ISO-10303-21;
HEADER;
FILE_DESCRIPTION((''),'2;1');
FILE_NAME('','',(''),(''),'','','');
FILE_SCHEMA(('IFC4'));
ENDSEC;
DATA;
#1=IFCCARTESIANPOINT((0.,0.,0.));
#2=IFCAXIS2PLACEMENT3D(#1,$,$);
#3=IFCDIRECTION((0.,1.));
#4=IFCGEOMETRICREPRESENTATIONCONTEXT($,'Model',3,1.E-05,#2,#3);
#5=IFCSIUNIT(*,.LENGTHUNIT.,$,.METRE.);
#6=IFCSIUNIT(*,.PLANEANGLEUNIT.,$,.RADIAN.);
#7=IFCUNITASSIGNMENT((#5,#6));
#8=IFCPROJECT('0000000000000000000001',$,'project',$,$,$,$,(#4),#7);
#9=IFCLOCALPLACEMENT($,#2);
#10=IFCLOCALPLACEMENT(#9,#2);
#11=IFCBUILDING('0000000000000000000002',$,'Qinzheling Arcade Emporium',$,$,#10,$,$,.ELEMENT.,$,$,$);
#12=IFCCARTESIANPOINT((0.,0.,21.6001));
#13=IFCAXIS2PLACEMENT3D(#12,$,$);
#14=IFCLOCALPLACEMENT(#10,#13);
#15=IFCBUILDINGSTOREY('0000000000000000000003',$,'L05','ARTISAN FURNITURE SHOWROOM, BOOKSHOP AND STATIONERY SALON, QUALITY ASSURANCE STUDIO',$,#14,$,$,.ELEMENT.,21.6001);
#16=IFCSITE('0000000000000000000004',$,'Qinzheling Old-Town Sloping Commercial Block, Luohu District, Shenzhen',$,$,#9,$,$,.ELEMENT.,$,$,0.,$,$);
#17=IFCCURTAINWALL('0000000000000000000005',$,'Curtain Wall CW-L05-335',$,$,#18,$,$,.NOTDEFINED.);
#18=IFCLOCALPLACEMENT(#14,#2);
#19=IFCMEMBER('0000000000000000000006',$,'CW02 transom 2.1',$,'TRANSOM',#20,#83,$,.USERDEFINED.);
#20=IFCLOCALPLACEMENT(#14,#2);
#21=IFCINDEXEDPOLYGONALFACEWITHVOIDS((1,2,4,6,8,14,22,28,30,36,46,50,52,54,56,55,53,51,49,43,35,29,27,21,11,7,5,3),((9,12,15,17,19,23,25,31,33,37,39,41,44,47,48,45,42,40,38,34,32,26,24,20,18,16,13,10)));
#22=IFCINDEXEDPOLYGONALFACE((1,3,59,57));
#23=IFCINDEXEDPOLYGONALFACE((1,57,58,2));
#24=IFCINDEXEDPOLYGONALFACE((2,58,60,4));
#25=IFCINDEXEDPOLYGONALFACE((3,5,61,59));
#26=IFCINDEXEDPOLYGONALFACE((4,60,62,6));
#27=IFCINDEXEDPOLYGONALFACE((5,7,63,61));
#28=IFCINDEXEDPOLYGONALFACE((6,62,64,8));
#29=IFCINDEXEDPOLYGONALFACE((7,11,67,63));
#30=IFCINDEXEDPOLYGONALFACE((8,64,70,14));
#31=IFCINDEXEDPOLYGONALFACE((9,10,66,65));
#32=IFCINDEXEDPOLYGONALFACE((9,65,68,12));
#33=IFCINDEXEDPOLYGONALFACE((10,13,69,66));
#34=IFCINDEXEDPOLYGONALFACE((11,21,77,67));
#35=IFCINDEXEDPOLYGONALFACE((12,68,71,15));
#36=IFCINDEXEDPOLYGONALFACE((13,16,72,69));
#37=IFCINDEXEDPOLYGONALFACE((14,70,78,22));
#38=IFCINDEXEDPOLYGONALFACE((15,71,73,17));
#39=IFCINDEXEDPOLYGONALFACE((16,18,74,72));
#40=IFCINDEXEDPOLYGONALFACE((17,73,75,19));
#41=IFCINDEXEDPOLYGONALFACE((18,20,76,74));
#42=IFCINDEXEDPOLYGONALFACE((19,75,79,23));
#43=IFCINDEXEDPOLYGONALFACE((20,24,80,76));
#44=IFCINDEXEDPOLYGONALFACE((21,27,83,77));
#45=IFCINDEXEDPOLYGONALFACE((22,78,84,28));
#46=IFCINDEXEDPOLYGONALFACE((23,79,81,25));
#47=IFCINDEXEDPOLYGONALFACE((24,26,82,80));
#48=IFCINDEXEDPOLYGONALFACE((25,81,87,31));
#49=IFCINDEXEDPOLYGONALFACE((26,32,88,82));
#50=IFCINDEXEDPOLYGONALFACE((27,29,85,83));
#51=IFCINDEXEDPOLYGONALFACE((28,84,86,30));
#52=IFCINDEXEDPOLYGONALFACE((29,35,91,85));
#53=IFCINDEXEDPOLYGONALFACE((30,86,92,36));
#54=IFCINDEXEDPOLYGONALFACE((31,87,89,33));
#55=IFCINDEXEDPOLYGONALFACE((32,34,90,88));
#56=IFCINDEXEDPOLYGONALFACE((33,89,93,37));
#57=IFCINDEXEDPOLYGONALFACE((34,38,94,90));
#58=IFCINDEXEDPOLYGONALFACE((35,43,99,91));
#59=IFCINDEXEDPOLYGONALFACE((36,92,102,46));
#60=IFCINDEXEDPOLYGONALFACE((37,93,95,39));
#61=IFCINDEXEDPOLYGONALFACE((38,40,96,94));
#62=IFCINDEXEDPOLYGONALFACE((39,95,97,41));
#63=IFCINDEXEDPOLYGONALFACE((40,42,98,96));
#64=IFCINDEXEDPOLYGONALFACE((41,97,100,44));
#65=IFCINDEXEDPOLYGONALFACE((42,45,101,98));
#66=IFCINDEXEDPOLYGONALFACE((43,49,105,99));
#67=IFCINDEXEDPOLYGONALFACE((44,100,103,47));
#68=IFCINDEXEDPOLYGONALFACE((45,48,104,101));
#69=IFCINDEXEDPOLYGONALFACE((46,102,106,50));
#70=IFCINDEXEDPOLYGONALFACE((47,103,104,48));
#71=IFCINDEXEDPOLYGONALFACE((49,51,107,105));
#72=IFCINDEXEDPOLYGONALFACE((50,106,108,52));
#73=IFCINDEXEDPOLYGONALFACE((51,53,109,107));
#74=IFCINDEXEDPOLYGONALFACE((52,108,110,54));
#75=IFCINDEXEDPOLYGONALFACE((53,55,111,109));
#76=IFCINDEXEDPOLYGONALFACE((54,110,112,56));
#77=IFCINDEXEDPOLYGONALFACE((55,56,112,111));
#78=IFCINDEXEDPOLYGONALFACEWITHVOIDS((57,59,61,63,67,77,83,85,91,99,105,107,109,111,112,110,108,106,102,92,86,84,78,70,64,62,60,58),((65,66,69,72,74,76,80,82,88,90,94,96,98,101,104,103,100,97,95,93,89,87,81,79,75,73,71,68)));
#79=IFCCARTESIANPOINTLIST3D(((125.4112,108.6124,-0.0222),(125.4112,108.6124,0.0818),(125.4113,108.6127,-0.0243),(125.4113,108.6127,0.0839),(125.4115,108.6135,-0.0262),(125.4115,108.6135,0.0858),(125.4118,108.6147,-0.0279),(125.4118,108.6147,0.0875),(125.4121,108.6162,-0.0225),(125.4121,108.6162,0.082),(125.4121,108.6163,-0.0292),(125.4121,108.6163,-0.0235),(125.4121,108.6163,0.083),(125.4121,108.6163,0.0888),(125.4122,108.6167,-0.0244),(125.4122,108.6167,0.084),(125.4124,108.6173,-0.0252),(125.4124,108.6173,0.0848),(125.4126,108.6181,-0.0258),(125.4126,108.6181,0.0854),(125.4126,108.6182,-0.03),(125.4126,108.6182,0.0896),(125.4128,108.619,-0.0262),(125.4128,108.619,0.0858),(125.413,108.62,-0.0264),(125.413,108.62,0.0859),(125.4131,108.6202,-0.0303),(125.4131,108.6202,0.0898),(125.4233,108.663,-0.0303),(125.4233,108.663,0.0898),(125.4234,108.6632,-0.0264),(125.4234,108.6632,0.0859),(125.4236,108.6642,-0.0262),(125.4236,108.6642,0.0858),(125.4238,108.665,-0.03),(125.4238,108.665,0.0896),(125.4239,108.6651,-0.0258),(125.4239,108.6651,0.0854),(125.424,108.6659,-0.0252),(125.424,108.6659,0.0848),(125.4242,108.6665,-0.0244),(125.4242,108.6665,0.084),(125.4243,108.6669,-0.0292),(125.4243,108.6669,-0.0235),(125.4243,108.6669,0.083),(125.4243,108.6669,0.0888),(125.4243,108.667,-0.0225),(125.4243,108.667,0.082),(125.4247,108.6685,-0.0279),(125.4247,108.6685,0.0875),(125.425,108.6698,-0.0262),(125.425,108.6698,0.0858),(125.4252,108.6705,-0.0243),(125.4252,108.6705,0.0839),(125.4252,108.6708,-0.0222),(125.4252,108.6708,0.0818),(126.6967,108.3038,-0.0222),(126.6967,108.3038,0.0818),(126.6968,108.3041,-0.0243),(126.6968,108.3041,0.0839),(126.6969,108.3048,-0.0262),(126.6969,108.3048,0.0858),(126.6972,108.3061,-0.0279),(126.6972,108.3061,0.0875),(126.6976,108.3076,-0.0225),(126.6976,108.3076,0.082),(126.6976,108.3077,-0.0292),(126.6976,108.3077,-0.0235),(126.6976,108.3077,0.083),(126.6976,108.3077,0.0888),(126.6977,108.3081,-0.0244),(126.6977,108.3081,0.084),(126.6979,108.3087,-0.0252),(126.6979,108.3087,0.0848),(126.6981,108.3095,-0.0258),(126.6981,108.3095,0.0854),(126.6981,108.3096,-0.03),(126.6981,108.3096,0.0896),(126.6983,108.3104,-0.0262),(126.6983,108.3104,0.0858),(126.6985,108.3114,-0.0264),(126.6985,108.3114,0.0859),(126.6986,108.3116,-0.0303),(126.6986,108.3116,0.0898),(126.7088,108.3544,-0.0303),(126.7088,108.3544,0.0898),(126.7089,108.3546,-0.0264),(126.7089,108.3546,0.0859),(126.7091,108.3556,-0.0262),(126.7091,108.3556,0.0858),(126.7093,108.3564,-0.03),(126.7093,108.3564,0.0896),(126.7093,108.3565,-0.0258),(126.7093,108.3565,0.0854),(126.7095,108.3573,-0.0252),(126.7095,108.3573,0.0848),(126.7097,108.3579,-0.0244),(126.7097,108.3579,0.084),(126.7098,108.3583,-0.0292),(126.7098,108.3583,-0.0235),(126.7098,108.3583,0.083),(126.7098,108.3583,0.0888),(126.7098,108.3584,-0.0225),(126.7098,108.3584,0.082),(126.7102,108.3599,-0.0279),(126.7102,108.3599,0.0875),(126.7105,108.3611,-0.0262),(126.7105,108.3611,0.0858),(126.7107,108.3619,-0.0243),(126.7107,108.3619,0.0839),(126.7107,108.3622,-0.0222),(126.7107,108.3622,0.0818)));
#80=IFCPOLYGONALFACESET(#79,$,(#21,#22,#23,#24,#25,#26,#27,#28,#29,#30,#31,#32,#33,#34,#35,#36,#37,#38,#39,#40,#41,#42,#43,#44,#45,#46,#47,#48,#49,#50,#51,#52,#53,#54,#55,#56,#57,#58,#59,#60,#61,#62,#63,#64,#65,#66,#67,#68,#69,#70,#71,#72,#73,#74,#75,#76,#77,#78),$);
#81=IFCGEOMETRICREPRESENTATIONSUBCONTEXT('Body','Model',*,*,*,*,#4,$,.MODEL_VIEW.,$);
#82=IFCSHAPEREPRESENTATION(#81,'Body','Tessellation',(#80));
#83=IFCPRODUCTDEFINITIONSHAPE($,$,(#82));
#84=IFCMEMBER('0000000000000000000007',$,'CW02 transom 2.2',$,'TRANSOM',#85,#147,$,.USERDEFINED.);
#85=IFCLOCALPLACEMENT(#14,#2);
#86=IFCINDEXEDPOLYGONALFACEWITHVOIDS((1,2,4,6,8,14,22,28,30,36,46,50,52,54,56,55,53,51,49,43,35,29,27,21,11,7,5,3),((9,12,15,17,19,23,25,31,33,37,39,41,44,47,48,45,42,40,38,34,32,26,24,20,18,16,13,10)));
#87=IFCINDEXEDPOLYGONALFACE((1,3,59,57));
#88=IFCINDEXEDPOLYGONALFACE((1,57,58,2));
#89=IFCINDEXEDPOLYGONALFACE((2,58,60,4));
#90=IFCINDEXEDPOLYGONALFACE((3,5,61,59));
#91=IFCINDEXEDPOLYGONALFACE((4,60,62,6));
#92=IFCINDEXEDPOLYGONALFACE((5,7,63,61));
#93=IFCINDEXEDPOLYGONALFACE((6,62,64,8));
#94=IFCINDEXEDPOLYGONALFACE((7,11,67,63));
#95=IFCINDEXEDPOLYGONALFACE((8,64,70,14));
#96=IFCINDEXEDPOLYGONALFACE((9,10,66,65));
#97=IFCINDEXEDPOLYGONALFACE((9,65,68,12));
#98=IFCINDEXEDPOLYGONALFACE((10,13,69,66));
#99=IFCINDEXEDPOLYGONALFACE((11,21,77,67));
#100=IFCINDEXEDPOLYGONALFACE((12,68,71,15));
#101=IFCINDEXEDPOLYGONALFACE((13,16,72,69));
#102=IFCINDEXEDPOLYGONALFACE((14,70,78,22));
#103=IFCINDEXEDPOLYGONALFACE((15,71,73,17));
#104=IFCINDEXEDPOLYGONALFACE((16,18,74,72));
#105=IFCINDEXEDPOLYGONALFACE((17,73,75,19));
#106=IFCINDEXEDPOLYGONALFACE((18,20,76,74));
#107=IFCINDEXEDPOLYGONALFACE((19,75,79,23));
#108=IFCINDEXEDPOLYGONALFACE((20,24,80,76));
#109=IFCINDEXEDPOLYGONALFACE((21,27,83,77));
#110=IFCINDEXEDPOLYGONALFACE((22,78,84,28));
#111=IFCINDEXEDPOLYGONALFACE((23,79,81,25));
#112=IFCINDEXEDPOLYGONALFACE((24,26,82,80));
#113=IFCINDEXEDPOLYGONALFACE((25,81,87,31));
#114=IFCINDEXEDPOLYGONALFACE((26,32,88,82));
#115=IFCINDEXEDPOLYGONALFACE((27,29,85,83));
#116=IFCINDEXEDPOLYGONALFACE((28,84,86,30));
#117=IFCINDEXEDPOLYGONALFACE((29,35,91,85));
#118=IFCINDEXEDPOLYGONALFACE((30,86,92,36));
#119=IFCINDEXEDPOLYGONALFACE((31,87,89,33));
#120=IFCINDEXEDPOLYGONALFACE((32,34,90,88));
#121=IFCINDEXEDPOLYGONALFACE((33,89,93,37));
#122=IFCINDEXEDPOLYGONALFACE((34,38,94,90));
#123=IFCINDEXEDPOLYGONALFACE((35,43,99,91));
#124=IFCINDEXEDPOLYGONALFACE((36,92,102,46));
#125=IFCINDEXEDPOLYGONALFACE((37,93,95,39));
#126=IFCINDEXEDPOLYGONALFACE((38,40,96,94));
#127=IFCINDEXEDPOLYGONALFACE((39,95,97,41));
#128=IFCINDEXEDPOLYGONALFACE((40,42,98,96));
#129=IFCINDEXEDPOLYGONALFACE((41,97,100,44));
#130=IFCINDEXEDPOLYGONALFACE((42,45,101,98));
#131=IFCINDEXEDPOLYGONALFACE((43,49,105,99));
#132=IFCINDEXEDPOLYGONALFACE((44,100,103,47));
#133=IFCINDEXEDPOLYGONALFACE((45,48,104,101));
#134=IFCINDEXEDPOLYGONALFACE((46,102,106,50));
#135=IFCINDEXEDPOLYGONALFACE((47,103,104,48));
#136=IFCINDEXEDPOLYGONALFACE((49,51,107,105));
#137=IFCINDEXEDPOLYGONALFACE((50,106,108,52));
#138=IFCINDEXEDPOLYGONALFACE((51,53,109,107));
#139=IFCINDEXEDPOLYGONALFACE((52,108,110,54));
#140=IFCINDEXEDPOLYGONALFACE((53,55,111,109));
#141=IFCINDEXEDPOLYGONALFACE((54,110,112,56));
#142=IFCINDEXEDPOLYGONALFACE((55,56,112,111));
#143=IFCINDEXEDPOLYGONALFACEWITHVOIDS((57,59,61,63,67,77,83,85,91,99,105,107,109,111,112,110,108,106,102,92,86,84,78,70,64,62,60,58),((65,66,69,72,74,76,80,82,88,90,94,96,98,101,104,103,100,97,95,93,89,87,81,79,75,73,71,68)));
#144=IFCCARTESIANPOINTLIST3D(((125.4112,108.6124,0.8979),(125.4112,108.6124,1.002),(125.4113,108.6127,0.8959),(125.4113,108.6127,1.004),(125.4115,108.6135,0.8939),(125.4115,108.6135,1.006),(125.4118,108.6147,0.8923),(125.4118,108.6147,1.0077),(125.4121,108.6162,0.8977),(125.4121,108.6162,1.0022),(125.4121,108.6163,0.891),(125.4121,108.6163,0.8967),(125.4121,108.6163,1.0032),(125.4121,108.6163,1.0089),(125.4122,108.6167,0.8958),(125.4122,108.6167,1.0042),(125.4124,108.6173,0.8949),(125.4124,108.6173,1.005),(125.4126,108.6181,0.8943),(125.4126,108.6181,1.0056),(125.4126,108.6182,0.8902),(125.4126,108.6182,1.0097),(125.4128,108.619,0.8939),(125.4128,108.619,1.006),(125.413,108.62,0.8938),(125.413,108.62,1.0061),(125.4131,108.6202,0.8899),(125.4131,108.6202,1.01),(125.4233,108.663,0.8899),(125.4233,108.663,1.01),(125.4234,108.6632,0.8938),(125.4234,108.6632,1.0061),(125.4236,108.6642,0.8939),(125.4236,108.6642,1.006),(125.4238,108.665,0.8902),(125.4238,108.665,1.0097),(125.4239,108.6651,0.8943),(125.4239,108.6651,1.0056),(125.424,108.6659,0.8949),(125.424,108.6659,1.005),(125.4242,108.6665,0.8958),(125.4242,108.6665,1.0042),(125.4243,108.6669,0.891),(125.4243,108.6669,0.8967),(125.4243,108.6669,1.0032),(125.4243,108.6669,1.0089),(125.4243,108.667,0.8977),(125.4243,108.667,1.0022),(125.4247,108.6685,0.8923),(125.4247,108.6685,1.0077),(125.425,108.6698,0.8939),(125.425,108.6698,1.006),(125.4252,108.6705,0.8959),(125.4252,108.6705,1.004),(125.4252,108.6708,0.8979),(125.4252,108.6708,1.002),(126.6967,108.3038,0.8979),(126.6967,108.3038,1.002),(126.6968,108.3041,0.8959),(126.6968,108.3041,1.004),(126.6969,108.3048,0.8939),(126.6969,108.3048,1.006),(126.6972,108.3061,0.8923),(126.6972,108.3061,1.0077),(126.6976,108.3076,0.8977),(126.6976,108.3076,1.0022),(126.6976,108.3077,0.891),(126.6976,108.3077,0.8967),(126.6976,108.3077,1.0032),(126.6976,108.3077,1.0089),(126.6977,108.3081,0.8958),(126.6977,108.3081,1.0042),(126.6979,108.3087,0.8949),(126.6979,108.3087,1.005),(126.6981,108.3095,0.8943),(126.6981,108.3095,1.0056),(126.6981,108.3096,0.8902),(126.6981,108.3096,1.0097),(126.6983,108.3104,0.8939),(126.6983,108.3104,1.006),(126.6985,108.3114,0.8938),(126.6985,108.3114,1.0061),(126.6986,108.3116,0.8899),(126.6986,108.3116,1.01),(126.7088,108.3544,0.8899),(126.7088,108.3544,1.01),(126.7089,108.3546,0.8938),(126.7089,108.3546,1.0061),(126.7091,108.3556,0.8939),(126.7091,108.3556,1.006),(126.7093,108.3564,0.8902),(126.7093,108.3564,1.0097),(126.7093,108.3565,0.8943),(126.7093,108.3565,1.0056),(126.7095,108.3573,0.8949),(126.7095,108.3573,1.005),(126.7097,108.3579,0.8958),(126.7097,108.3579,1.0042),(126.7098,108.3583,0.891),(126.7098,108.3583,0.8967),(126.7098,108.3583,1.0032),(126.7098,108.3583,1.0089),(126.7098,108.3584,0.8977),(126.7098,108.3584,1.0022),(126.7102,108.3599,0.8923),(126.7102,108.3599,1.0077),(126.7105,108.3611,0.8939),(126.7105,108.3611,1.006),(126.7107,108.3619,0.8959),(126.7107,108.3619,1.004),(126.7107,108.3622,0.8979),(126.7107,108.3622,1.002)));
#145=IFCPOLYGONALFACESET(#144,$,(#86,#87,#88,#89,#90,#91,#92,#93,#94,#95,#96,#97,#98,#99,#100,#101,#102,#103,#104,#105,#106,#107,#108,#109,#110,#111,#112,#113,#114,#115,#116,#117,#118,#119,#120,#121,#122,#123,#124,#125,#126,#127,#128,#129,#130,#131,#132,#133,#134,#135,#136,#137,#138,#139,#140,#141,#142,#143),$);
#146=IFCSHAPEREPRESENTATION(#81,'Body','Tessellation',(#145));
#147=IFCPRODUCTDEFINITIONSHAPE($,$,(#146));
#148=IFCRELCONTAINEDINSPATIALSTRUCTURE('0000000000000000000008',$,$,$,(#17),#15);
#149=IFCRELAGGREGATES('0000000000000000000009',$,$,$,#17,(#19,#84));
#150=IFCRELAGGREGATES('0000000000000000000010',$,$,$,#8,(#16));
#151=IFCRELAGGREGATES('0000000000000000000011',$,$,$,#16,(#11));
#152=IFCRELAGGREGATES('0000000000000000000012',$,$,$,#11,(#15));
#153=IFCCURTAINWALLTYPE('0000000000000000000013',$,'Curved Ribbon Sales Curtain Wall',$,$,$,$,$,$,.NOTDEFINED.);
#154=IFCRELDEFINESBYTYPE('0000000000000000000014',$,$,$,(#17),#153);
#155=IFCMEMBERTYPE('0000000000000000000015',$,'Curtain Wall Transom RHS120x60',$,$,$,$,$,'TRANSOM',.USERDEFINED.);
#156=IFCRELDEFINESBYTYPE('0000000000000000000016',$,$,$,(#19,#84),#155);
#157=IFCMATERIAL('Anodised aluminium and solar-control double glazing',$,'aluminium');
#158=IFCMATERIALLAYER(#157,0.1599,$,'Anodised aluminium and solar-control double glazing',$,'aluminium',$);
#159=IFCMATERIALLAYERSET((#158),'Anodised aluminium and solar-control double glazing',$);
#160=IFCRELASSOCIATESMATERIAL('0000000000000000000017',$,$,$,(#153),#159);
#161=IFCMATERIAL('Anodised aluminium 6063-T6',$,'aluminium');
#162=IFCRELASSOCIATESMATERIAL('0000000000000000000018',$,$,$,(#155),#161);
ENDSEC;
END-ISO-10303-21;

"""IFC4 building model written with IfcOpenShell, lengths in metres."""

from ifc_helpers import new_model, si_unit, direction, frame, origin, origin_2d, place, context, subcontext, project, spatial, hollow_rectangle, extrude, material, layer, layer_set, material_profile, profile_set, type_object, element, aggregate, save


model = new_model("IFC4")

# Units and contexts
model_context = context("Model", 3, precision=1e-05, world=origin(), true_north=direction((0.0, 1.0)))
body_context = subcontext(model_context, "Body", "Model", "MODEL_VIEW")
ifc_project = project(units=[si_unit("LENGTHUNIT", "METRE"), si_unit("PLANEANGLEUNIT", "RADIAN")], contexts=[model_context])

# Site, building, storey
site_placement = place(None, origin())
site = spatial("IfcSite", under=ifc_project, at=site_placement, Name="Qinzheling Old-Town Sloping Commercial Block, Luohu District, Shenzhen", CompositionType="ELEMENT", RefElevation=0.0)
building_placement = place(site_placement, origin())
building = spatial("IfcBuilding", under=site, at=building_placement, Name="Qinzheling Arcade Emporium", CompositionType="ELEMENT")
storey_placement = place(building_placement, frame((0.0, 0.0, 21.6001)))
storey = spatial("IfcBuildingStorey", under=building, at=storey_placement, Name="L05", Description="ARTISAN FURNITURE SHOWROOM, BOOKSHOP AND STATIONERY SALON, QUALITY ASSURANCE STUDIO", CompositionType="ELEMENT", Elevation=21.6001)

# Curtain wall, members
ifc_material_1 = material(Name="Anodised aluminium and solar-control double glazing", Category="aluminium")
ifc_layer_1 = layer(ifc_material_1, 0.1599, Name="Anodised aluminium and solar-control double glazing", Category="aluminium")
ifc_layer_set_1 = layer_set([ifc_layer_1], Name="Anodised aluminium and solar-control double glazing")
curtain_wall_type = type_object("IfcCurtainWallType", Name="Curved Ribbon Sales Curtain Wall", PredefinedType="NOTDEFINED", material=ifc_layer_set_1)
curtain_wall_placement = place(storey_placement, origin())
curtain_wall = element("IfcCurtainWall", 1, at=curtain_wall_placement, inside=storey, type_object=curtain_wall_type, Name="Curtain Wall CW-L05-335", PredefinedType="NOTDEFINED")
ifc_material_2 = material(Name="Anodised aluminium 6063-T6", Category="aluminium")
ifc_material_profile_1 = material_profile(ifc_material_2, hollow_rectangle(XDim=0.0601, YDim=0.1201, WallThickness=0.0039, InnerFilletRadius=0.0039, OuterFilletRadius=0.0081, at=origin_2d()), Name="RHS 120x60x4", Category="aluminium")
ifc_profile_set_1 = profile_set([ifc_material_profile_1], Name="Anodised aluminium 6063-T6")
member_type_1 = type_object("IfcMemberType", Name="Curtain Wall Transom RHS120x60", ElementType="TRANSOM", PredefinedType="USERDEFINED", material=ifc_profile_set_1)
member_1_placement = place(storey_placement, frame((125.4182, 108.6416, 0.0298), z_axis=(0.972371, -0.233443, 0.0), x_axis=(0.233443, 0.972371, 0.0)))
member_1 = element("IfcMember", 2, at=member_1_placement, type_object=member_type_1, Name="CW02 transom 2.1", ObjectType="TRANSOM", PredefinedType="USERDEFINED", context=body_context, shape_type="SweptSolid", body=[
    extrude(hollow_rectangle(XDim=0.0601, YDim=0.1201, WallThickness=0.0039, InnerFilletRadius=0.0039, OuterFilletRadius=0.0081, at=origin_2d()), origin(), (0.0, 0.0, 1.0), 1.322),
])
member_2_placement = place(storey_placement, frame((125.4182, 108.6416, 0.95), z_axis=(0.972371, -0.233443, 0.0), x_axis=(0.233443, 0.972371, 0.0)))
member_2 = element("IfcMember", 3, at=member_2_placement, type_object=member_type_1, Name="CW02 transom 2.2", ObjectType="TRANSOM", PredefinedType="USERDEFINED", context=body_context, shape_type="SweptSolid", body=[
    extrude(hollow_rectangle(XDim=0.0601, YDim=0.1201, WallThickness=0.0039, InnerFilletRadius=0.0039, OuterFilletRadius=0.0081, at=origin_2d()), origin(), (0.0, 0.0, 1.0), 1.322),
])

aggregate(curtain_wall, [member_1, member_2])

save(model, "model.ifc")
